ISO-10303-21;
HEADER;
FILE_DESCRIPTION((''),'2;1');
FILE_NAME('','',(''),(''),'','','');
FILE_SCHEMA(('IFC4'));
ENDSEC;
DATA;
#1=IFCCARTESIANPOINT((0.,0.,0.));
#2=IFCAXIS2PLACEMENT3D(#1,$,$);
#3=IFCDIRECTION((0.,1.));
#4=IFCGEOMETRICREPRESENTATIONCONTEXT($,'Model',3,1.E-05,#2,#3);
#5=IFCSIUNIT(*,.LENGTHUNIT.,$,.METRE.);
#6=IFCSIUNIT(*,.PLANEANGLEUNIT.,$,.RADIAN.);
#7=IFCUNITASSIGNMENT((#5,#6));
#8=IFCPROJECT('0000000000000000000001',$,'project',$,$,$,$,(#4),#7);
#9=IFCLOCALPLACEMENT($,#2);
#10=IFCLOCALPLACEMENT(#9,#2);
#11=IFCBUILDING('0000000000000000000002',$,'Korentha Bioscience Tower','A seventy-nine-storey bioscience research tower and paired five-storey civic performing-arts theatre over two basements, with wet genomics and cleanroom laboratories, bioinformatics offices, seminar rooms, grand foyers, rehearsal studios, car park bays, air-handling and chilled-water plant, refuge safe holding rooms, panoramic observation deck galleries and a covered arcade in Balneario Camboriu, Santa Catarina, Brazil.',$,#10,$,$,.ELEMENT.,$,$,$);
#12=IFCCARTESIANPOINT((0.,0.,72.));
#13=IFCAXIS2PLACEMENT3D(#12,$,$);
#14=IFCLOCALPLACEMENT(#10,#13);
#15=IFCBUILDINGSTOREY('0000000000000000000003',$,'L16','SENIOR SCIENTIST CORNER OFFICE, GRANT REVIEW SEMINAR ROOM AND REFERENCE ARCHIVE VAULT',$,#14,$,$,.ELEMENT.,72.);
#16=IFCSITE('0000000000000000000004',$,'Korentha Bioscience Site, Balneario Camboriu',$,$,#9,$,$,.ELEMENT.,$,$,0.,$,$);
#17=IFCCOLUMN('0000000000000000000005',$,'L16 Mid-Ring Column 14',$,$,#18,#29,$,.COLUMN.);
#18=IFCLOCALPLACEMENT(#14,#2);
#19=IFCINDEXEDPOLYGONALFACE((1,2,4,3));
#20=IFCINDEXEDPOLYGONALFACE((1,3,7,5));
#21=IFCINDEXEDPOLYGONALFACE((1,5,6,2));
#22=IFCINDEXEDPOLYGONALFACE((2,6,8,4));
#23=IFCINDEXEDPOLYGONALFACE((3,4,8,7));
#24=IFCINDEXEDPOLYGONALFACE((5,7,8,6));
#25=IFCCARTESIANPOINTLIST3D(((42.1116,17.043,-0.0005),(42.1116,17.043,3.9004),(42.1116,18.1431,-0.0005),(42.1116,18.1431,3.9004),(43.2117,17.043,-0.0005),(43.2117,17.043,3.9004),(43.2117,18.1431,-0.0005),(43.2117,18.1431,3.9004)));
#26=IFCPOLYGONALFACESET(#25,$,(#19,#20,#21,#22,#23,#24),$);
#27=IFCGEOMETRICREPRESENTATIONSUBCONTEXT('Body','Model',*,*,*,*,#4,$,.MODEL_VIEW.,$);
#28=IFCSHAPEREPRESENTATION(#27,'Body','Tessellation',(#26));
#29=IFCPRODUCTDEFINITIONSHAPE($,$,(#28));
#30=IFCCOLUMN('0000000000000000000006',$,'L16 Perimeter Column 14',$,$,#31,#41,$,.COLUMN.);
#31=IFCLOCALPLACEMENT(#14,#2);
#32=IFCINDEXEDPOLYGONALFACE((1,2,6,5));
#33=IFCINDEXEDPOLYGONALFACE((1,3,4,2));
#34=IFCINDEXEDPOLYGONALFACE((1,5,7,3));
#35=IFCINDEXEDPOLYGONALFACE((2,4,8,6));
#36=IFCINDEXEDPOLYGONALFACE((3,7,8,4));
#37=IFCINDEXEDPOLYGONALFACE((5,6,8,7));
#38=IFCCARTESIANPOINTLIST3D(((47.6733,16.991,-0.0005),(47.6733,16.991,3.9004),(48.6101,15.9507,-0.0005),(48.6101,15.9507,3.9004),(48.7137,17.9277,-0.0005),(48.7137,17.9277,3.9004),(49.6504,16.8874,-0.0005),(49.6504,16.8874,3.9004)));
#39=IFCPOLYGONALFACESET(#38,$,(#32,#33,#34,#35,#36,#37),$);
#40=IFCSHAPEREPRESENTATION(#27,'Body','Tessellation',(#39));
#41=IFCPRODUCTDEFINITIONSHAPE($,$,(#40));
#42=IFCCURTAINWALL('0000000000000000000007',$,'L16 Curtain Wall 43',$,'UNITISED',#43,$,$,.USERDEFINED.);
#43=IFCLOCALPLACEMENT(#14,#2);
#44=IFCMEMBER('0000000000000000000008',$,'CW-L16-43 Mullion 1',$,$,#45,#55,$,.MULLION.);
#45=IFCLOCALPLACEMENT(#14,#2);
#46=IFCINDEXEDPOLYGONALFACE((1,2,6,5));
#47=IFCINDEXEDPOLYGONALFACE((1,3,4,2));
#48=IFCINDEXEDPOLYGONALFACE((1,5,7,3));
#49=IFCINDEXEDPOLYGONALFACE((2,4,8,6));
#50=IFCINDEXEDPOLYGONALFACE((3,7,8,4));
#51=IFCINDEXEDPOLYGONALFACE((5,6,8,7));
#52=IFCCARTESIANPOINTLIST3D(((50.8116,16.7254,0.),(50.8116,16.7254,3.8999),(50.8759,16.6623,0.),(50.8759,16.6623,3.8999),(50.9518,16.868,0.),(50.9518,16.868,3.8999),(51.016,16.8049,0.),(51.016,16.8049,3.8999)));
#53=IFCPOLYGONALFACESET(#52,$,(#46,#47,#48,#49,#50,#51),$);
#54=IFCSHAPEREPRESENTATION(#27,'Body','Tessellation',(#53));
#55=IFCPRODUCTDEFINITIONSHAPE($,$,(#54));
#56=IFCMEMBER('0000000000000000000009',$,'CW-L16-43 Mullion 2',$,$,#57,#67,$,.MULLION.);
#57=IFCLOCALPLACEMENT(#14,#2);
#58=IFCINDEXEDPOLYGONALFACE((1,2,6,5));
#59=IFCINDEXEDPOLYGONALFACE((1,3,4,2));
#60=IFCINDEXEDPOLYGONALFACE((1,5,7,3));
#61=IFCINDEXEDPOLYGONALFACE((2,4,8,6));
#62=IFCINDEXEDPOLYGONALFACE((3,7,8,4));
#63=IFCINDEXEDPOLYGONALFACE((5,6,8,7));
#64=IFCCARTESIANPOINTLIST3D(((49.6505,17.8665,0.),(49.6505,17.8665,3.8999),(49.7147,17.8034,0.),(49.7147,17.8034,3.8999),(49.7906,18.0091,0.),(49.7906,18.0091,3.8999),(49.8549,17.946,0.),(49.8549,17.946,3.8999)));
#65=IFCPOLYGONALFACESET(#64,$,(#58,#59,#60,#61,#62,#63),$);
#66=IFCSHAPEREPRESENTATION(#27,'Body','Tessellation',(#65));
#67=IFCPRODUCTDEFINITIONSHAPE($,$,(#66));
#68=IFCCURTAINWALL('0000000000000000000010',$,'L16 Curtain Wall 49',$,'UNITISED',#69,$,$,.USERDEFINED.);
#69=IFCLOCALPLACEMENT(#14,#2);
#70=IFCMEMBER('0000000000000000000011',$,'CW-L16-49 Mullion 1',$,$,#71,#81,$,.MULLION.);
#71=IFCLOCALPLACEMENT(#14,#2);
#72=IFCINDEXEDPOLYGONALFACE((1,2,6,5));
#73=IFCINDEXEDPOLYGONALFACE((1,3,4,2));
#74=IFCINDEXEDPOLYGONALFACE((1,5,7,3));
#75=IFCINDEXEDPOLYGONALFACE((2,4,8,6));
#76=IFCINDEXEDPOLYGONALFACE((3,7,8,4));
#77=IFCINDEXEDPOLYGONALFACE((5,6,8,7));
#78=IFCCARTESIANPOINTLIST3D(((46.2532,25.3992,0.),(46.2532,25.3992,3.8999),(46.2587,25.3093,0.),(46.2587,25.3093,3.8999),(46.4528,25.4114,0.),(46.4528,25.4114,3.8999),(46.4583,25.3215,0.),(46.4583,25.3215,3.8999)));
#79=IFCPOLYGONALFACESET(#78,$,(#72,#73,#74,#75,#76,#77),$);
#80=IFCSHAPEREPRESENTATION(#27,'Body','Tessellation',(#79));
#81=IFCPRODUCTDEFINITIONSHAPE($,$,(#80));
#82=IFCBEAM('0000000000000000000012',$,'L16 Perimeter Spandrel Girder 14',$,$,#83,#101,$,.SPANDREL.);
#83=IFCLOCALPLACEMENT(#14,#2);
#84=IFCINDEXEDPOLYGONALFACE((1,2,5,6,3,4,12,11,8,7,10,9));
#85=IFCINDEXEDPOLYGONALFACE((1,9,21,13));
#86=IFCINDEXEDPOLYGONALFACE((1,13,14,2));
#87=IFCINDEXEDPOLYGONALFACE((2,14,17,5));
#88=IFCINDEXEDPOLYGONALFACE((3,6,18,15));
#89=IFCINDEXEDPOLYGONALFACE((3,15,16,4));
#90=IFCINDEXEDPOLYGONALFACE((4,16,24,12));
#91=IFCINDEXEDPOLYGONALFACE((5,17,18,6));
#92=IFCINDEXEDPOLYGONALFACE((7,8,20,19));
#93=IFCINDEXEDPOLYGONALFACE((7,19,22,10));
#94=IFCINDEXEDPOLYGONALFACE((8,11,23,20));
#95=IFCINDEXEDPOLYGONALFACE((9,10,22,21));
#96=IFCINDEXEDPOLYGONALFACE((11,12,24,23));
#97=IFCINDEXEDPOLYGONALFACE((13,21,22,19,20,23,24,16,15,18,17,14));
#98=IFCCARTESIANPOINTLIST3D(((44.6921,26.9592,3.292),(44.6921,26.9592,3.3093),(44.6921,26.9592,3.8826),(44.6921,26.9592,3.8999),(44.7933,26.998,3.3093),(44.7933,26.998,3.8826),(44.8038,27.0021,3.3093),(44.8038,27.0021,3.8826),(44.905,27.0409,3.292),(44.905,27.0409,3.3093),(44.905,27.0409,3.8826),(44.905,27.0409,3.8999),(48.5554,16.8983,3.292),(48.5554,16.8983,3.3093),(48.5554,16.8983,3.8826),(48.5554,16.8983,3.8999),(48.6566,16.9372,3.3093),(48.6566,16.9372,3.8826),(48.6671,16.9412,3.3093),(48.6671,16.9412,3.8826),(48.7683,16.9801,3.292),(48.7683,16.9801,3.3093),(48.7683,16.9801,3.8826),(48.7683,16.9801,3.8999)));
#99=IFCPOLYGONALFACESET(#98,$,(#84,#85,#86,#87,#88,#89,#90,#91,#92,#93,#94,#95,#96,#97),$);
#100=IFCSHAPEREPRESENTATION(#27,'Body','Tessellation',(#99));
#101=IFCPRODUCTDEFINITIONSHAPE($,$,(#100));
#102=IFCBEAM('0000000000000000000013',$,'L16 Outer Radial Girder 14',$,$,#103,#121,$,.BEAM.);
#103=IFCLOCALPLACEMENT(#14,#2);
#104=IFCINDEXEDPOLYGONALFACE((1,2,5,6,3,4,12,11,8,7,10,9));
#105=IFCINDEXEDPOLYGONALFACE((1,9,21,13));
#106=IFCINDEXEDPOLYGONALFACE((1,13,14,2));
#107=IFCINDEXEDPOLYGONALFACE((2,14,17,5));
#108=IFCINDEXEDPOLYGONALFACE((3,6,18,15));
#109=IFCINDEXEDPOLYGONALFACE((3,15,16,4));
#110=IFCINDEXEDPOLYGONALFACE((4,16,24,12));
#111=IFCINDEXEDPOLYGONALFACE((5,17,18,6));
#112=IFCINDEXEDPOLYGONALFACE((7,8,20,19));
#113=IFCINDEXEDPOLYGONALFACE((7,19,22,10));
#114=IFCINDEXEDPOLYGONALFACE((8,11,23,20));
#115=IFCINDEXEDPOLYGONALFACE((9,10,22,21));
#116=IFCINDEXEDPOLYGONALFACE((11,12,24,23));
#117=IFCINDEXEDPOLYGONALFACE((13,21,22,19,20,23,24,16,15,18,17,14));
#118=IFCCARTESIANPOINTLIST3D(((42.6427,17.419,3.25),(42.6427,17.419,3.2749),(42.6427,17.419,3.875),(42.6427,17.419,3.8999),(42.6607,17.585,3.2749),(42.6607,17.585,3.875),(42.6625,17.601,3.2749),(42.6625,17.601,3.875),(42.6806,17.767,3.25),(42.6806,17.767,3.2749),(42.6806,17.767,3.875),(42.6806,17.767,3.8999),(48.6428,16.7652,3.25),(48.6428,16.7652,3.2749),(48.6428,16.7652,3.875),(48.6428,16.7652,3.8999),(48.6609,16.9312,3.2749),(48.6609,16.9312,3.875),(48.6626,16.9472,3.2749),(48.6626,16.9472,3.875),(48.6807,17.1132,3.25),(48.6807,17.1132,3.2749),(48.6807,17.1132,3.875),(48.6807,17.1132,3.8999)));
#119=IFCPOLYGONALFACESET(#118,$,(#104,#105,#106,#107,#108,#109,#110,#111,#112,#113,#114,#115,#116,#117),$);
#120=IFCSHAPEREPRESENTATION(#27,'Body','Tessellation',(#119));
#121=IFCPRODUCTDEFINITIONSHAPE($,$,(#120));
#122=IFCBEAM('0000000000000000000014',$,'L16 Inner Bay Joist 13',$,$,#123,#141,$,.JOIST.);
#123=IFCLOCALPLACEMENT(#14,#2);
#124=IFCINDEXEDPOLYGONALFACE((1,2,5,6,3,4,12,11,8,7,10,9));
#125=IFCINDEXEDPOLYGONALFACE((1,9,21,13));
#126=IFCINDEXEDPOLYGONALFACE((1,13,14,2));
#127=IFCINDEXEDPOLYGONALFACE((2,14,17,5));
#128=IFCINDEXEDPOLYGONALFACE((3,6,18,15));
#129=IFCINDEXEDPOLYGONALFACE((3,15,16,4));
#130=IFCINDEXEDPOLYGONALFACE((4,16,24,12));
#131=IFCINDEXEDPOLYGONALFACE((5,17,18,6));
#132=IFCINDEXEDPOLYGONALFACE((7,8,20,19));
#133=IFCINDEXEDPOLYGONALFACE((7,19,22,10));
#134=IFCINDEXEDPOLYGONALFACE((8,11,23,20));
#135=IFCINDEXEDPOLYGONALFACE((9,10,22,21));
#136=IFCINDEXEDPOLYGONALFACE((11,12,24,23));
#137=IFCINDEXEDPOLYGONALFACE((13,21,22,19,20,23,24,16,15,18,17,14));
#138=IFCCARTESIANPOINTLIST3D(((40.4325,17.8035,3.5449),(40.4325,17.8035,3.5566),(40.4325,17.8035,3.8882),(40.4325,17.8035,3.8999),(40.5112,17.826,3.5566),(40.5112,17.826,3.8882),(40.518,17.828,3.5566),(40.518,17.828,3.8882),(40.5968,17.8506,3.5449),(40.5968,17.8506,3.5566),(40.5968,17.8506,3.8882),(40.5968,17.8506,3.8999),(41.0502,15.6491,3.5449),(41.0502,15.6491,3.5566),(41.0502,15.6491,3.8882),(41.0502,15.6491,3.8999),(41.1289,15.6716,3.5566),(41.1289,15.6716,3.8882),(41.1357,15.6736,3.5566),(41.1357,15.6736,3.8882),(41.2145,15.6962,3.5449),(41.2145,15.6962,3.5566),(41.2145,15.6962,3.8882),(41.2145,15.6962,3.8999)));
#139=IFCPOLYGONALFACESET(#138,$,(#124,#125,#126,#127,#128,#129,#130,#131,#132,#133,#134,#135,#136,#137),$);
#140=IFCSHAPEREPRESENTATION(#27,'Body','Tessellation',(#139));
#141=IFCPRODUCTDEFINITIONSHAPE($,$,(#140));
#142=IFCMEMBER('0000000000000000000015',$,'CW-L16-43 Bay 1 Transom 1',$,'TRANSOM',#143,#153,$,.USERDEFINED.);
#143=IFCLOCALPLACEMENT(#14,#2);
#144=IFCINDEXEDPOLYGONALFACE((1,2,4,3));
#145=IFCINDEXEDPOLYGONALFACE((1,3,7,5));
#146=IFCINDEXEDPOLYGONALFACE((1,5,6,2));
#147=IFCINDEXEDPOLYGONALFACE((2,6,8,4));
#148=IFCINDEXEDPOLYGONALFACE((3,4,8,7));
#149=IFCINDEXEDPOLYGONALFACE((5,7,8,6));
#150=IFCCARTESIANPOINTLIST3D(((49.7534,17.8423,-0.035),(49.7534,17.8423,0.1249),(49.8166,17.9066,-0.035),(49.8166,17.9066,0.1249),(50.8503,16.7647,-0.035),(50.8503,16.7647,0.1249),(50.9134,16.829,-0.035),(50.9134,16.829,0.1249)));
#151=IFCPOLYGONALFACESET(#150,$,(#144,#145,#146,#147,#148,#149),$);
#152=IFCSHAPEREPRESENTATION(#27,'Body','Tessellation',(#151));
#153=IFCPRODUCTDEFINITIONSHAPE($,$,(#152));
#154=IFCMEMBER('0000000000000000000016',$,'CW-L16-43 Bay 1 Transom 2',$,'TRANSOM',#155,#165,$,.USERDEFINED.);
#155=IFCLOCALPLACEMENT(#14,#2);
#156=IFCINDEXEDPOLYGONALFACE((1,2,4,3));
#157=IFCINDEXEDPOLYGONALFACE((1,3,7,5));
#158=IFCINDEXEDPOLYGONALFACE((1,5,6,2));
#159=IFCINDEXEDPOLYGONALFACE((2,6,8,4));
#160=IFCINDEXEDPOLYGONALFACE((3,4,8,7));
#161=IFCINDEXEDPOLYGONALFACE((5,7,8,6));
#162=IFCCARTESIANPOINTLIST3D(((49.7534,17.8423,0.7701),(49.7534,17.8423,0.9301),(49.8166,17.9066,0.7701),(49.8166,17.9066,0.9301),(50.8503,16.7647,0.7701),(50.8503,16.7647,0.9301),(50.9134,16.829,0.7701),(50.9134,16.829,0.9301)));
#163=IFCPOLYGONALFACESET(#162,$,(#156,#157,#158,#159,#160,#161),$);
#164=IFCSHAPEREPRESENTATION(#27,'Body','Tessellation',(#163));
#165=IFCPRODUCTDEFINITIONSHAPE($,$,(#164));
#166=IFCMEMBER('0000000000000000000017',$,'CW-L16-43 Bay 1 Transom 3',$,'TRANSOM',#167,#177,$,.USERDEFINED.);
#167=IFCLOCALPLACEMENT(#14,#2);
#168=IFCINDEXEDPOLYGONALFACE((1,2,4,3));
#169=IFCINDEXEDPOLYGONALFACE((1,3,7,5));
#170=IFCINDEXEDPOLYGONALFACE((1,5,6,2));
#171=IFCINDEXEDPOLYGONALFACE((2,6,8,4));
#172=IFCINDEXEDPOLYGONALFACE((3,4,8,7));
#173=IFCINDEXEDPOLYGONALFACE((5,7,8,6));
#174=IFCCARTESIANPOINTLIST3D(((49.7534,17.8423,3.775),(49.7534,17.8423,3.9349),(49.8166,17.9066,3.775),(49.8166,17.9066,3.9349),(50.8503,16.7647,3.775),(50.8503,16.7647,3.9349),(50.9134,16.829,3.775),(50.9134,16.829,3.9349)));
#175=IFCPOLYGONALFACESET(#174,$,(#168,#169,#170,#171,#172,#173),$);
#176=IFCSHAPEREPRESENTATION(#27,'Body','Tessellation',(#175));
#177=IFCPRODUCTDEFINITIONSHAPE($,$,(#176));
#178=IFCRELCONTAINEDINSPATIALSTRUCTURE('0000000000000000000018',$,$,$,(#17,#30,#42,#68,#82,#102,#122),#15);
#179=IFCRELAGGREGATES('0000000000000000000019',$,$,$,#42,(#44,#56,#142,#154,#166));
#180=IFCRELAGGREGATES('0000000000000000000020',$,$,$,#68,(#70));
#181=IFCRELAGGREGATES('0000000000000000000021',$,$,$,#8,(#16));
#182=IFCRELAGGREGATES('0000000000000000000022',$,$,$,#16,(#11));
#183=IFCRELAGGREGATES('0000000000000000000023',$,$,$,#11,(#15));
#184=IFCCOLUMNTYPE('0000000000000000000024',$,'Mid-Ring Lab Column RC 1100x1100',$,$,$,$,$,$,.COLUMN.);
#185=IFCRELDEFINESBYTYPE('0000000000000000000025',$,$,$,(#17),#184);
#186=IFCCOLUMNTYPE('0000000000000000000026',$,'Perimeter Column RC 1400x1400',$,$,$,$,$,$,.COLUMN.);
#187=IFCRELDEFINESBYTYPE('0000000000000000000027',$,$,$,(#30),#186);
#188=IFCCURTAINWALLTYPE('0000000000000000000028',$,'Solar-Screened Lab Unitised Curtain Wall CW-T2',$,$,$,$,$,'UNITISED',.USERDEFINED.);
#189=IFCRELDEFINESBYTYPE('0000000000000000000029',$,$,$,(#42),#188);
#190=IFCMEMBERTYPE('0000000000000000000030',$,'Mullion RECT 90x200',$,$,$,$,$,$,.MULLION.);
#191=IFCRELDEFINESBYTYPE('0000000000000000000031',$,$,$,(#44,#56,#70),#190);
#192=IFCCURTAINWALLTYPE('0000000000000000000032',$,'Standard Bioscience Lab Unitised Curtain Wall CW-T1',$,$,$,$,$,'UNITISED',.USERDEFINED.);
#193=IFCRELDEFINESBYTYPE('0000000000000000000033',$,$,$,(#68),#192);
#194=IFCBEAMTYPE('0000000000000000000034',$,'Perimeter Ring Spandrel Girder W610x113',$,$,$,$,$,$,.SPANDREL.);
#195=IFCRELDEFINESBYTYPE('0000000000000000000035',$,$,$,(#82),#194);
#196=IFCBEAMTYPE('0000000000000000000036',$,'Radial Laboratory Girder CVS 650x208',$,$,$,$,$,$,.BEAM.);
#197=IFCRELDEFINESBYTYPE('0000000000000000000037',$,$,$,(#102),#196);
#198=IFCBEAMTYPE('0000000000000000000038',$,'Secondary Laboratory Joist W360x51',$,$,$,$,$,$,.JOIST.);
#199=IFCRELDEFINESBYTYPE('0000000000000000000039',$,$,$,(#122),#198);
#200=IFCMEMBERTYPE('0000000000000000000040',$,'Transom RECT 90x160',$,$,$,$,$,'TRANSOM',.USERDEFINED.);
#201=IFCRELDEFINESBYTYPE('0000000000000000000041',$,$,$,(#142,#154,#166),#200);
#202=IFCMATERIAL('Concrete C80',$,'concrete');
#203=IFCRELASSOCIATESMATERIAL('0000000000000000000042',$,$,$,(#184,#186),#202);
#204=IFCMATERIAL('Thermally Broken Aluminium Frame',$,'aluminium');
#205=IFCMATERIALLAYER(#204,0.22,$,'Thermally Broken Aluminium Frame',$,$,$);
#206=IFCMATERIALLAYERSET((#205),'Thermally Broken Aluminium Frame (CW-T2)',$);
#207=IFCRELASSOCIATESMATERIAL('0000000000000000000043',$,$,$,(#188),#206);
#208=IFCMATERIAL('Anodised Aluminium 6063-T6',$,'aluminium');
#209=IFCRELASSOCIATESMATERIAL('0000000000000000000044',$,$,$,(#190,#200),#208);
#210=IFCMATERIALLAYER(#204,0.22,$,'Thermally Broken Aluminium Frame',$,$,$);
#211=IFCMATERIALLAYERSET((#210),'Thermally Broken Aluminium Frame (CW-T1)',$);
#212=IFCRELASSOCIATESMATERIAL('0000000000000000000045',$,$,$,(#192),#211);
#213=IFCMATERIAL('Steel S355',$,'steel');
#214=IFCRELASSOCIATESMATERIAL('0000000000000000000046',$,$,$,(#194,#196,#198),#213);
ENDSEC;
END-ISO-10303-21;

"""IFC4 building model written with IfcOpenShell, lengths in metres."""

from ifc_helpers import new_model, si_unit, direction, frame, origin, origin_2d, place, context, subcontext, project, spatial, rectangle, i_section, extrude, material, layer, layer_set, material_profile, profile_set, type_object, element, aggregate, save


model = new_model("IFC4")

# Units and contexts
model_context = context("Model", 3, precision=1e-05, world=origin(), true_north=direction((0.0, 1.0)))
body_context = subcontext(model_context, "Body", "Model", "MODEL_VIEW")
ifc_project = project(units=[si_unit("LENGTHUNIT", "METRE"), si_unit("PLANEANGLEUNIT", "RADIAN")], contexts=[model_context])

# Site, building, storey
site_placement = place(None, origin())
site = spatial("IfcSite", under=ifc_project, at=site_placement, Name="Korentha Bioscience Site, Balneario Camboriu", CompositionType="ELEMENT", RefElevation=0.0)
building_placement = place(site_placement, origin())
building = spatial("IfcBuilding", under=site, at=building_placement, Name="Korentha Bioscience Tower", Description="A seventy-nine-storey bioscience research tower and paired five-storey civic performing-arts theatre over two basements, with wet genomics and cleanroom laboratories, bioinformatics offices, seminar rooms, grand foyers, rehearsal studios, car park bays, air-handling and chilled-water plant, refuge safe holding rooms, panoramic observation deck galleries and a covered arcade in Balneario Camboriu, Santa Catarina, Brazil.", CompositionType="ELEMENT")
storey_placement = place(building_placement, frame((0.0, 0.0, 72.0)))
storey = spatial("IfcBuildingStorey", under=building, at=storey_placement, Name="L16", Description="SENIOR SCIENTIST CORNER OFFICE, GRANT REVIEW SEMINAR ROOM AND REFERENCE ARCHIVE VAULT", CompositionType="ELEMENT", Elevation=72.0)

# Columns
ifc_material_1 = material(Name="Concrete C80", Category="concrete")
ifc_material_profile_1 = material_profile(ifc_material_1, rectangle(XDim=1.1001, YDim=1.1001, at=origin_2d()), Name="Concrete C80")
ifc_profile_set_1 = profile_set([ifc_material_profile_1], Name="Concrete C80 (COL-MR11)")
column_type_1 = type_object("IfcColumnType", Name="Mid-Ring Lab Column RC 1100x1100", PredefinedType="COLUMN", material=ifc_profile_set_1)
column_1_placement = place(storey_placement, frame((42.6616, 17.593, -0.0005), z_axis=(0.0, 0.0, 1.0), x_axis=(1.0, 0.0, 0.0)))
element("IfcColumn", 1, at=column_1_placement, inside=storey, type_object=column_type_1, Name="L16 Mid-Ring Column 14", PredefinedType="COLUMN", context=body_context, shape_type="SweptSolid", body=[
    extrude(rectangle(XDim=1.1001, YDim=1.1001, at=origin_2d()), origin(), (0.0, 0.0, 1.0), 3.9009),
])
ifc_material_profile_2 = material_profile(ifc_material_1, rectangle(XDim=1.3999, YDim=1.3999, at=origin_2d()), Name="Concrete C80")
ifc_profile_set_2 = profile_set([ifc_material_profile_2], Name="Concrete C80 (COL-P14)")
column_type_2 = type_object("IfcColumnType", Name="Perimeter Column RC 1400x1400", PredefinedType="COLUMN", material=ifc_profile_set_2)
column_2_placement = place(storey_placement, frame((48.6619, 16.9392, -0.0005), z_axis=(0.0, 0.0, 1.0), x_axis=(-0.669131, 0.743145, 0.0)))
element("IfcColumn", 2, at=column_2_placement, inside=storey, type_object=column_type_2, Name="L16 Perimeter Column 14", PredefinedType="COLUMN", context=body_context, shape_type="SweptSolid", body=[
    extrude(rectangle(XDim=1.3999, YDim=1.3999, at=origin_2d()), origin(), (0.0, 0.0, 1.0), 3.9009),
])

# Curtain wall, members
ifc_material_2 = material(Name="Thermally Broken Aluminium Frame", Category="aluminium")
ifc_layer_1 = layer(ifc_material_2, 0.22, Name="Thermally Broken Aluminium Frame")
ifc_layer_set_1 = layer_set([ifc_layer_1], Name="Thermally Broken Aluminium Frame (CW-T2)")
curtain_wall_type_1 = type_object("IfcCurtainWallType", Name="Solar-Screened Lab Unitised Curtain Wall CW-T2", ElementType="UNITISED", PredefinedType="USERDEFINED", material=ifc_layer_set_1)
curtain_wall_1_placement = place(storey_placement, origin())
curtain_wall_1 = element("IfcCurtainWall", 3, at=curtain_wall_1_placement, inside=storey, type_object=curtain_wall_type_1, Name="L16 Curtain Wall 43", ObjectType="UNITISED", PredefinedType="USERDEFINED")
ifc_material_3 = material(Name="Anodised Aluminium 6063-T6", Category="aluminium")
ifc_material_profile_3 = material_profile(ifc_material_3, rectangle(XDim=0.0901, YDim=0.2, at=origin_2d()), Name="Anodised Aluminium 6063-T6")
ifc_profile_set_3 = profile_set([ifc_material_profile_3], Name="Anodised Aluminium 6063-T6 (CW-MUL)")
member_type_1 = type_object("IfcMemberType", Name="Mullion RECT 90x200", PredefinedType="MULLION", material=ifc_profile_set_3)
member_1_placement = place(storey_placement, frame((50.9138, 16.7651, 0.0), z_axis=(0.0, 0.0, 1.0), x_axis=(-0.713279, 0.70088, 0.0)))
member_1 = element("IfcMember", 4, at=member_1_placement, type_object=member_type_1, Name="CW-L16-43 Mullion 1", PredefinedType="MULLION", context=body_context, shape_type="SweptSolid", body=[
    extrude(rectangle(XDim=0.0901, YDim=0.2, at=origin_2d()), origin(), (0.0, 0.0, 1.0), 3.8999),
])
member_2_placement = place(storey_placement, frame((49.7527, 17.9062, 0.0), z_axis=(0.0, 0.0, 1.0), x_axis=(-0.713279, 0.70088, 0.0)))
member_2 = element("IfcMember", 5, at=member_2_placement, type_object=member_type_1, Name="CW-L16-43 Mullion 2", PredefinedType="MULLION", context=body_context, shape_type="SweptSolid", body=[
    extrude(rectangle(XDim=0.0901, YDim=0.2, at=origin_2d()), origin(), (0.0, 0.0, 1.0), 3.8999),
])

# Curtain wall, member
ifc_layer_2 = layer(ifc_material_2, 0.22, Name="Thermally Broken Aluminium Frame")
ifc_layer_set_2 = layer_set([ifc_layer_2], Name="Thermally Broken Aluminium Frame (CW-T1)")
curtain_wall_type_2 = type_object("IfcCurtainWallType", Name="Standard Bioscience Lab Unitised Curtain Wall CW-T1", ElementType="UNITISED", PredefinedType="USERDEFINED", material=ifc_layer_set_2)
curtain_wall_2_placement = place(storey_placement, origin())
curtain_wall_2 = element("IfcCurtainWall", 6, at=curtain_wall_2_placement, inside=storey, type_object=curtain_wall_type_2, Name="L16 Curtain Wall 49", ObjectType="UNITISED", PredefinedType="USERDEFINED")
member_3_placement = place(storey_placement, frame((46.3557, 25.3604, 0.0), z_axis=(0.0, 0.0, 1.0), x_axis=(-0.061008, 0.998137, 0.0)))
member_3 = element("IfcMember", 7, at=member_3_placement, type_object=member_type_1, Name="CW-L16-49 Mullion 1", PredefinedType="MULLION", context=body_context, shape_type="SweptSolid", body=[
    extrude(rectangle(XDim=0.0901, YDim=0.2, at=origin_2d()), origin(), (0.0, 0.0, 1.0), 3.8999),
])

# Beams
ifc_material_4 = material(Name="Steel S355", Category="steel")
ifc_material_profile_4 = material_profile(ifc_material_4, i_section(OverallWidth=0.228, OverallDepth=0.6079, WebThickness=0.0112, FlangeThickness=0.0173, at=origin_2d()), Name="Steel S355")
ifc_profile_set_4 = profile_set([ifc_material_profile_4], Name="Steel S355 (SB-610)")
beam_type_1 = type_object("IfcBeamType", Name="Perimeter Ring Spandrel Girder W610x113", PredefinedType="SPANDREL", material=ifc_profile_set_4)
beam_1_placement = place(storey_placement, frame((48.6619, 16.9392, 3.5959), z_axis=(-0.358474, 0.93354, 0.0), x_axis=(-0.93354, -0.358474, 0.0)))
element("IfcBeam", 8, at=beam_1_placement, inside=storey, type_object=beam_type_1, Name="L16 Perimeter Spandrel Girder 14", PredefinedType="SPANDREL", context=body_context, shape_type="SweptSolid", body=[
    extrude(i_section(OverallWidth=0.228, OverallDepth=0.6079, WebThickness=0.0112, FlangeThickness=0.0173, at=origin_2d()), origin(), (0.0, 0.0, 1.0), 10.7771),
])
ifc_material_profile_5 = material_profile(ifc_material_4, i_section(OverallWidth=0.3501, OverallDepth=0.6499, WebThickness=0.0161, FlangeThickness=0.0249, at=origin_2d()), Name="Steel S355")
ifc_profile_set_5 = profile_set([ifc_material_profile_5], Name="Steel S355 (RB-650)")
beam_type_2 = type_object("IfcBeamType", Name="Radial Laboratory Girder CVS 650x208", PredefinedType="BEAM", material=ifc_profile_set_5)
beam_2_placement = place(storey_placement, frame((42.6616, 17.593, 3.575), z_axis=(0.994116, -0.108323, 0.0), x_axis=(0.108323, 0.994116, 0.0)))
element("IfcBeam", 9, at=beam_2_placement, inside=storey, type_object=beam_type_2, Name="L16 Outer Radial Girder 14", PredefinedType="BEAM", context=body_context, shape_type="SweptSolid", body=[
    extrude(i_section(OverallWidth=0.3501, OverallDepth=0.6499, WebThickness=0.0161, FlangeThickness=0.0249, at=origin_2d()), origin(), (0.0, 0.0, 1.0), 6.0356),
])
ifc_material_profile_6 = material_profile(ifc_material_4, i_section(OverallWidth=0.1709, OverallDepth=0.355, WebThickness=0.0071, FlangeThickness=0.0117, at=origin_2d()), Name="Steel S355")
ifc_profile_set_6 = profile_set([ifc_material_profile_6], Name="Steel S355 (JB-360)")
beam_type_3 = type_object("IfcBeamType", Name="Secondary Laboratory Joist W360x51", PredefinedType="JOIST", material=ifc_profile_set_6)
beam_3_placement = place(storey_placement, frame((41.1323, 15.6726, 3.7224), z_axis=(-0.275613, 0.961269, 0.0), x_axis=(-0.961269, -0.275613, 0.0)))
element("IfcBeam", 10, at=beam_3_placement, inside=storey, type_object=beam_type_3, Name="L16 Inner Bay Joist 13", PredefinedType="JOIST", context=body_context, shape_type="SweptSolid", body=[
    extrude(i_section(OverallWidth=0.1709, OverallDepth=0.355, WebThickness=0.0071, FlangeThickness=0.0117, at=origin_2d()), origin(), (0.0, 0.0, 1.0), 2.2412),
])

# Members
ifc_material_profile_7 = material_profile(ifc_material_3, rectangle(XDim=0.0901, YDim=0.1599, at=origin_2d()), Name="Anodised Aluminium 6063-T6")
ifc_profile_set_7 = profile_set([ifc_material_profile_7], Name="Anodised Aluminium 6063-T6 (CW-TRN)")
member_type_2 = type_object("IfcMemberType", Name="Transom RECT 90x160", ElementType="TRANSOM", PredefinedType="USERDEFINED", material=ifc_profile_set_7)
member_4_placement = place(storey_placement, frame((50.8818, 16.7969, 0.0449), z_axis=(-0.71335, 0.700808, 0.0), x_axis=(-0.700808, -0.71335, 0.0)))
member_4 = element("IfcMember", 11, at=member_4_placement, type_object=member_type_2, Name="CW-L16-43 Bay 1 Transom 1", ObjectType="TRANSOM", PredefinedType="USERDEFINED", context=body_context, shape_type="SweptSolid", body=[
    extrude(rectangle(XDim=0.0901, YDim=0.1599, at=origin_2d()), origin(), (0.0, 0.0, 1.0), 1.5376),
])
member_5_placement = place(storey_placement, frame((50.8818, 16.7969, 0.8501), z_axis=(-0.71335, 0.700808, 0.0), x_axis=(-0.700808, -0.71335, 0.0)))
member_5 = element("IfcMember", 12, at=member_5_placement, type_object=member_type_2, Name="CW-L16-43 Bay 1 Transom 2", ObjectType="TRANSOM", PredefinedType="USERDEFINED", context=body_context, shape_type="SweptSolid", body=[
    extrude(rectangle(XDim=0.0901, YDim=0.1599, at=origin_2d()), origin(), (0.0, 0.0, 1.0), 1.5376),
])
member_6_placement = place(storey_placement, frame((50.8818, 16.7969, 3.855), z_axis=(-0.71335, 0.700808, 0.0), x_axis=(-0.700808, -0.71335, 0.0)))
member_6 = element("IfcMember", 13, at=member_6_placement, type_object=member_type_2, Name="CW-L16-43 Bay 1 Transom 3", ObjectType="TRANSOM", PredefinedType="USERDEFINED", context=body_context, shape_type="SweptSolid", body=[
    extrude(rectangle(XDim=0.0901, YDim=0.1599, at=origin_2d()), origin(), (0.0, 0.0, 1.0), 1.5376),
])

aggregate(curtain_wall_1, [member_1, member_2, member_4, member_5, member_6])
aggregate(curtain_wall_2, [member_3])

save(model, "model.ifc")
